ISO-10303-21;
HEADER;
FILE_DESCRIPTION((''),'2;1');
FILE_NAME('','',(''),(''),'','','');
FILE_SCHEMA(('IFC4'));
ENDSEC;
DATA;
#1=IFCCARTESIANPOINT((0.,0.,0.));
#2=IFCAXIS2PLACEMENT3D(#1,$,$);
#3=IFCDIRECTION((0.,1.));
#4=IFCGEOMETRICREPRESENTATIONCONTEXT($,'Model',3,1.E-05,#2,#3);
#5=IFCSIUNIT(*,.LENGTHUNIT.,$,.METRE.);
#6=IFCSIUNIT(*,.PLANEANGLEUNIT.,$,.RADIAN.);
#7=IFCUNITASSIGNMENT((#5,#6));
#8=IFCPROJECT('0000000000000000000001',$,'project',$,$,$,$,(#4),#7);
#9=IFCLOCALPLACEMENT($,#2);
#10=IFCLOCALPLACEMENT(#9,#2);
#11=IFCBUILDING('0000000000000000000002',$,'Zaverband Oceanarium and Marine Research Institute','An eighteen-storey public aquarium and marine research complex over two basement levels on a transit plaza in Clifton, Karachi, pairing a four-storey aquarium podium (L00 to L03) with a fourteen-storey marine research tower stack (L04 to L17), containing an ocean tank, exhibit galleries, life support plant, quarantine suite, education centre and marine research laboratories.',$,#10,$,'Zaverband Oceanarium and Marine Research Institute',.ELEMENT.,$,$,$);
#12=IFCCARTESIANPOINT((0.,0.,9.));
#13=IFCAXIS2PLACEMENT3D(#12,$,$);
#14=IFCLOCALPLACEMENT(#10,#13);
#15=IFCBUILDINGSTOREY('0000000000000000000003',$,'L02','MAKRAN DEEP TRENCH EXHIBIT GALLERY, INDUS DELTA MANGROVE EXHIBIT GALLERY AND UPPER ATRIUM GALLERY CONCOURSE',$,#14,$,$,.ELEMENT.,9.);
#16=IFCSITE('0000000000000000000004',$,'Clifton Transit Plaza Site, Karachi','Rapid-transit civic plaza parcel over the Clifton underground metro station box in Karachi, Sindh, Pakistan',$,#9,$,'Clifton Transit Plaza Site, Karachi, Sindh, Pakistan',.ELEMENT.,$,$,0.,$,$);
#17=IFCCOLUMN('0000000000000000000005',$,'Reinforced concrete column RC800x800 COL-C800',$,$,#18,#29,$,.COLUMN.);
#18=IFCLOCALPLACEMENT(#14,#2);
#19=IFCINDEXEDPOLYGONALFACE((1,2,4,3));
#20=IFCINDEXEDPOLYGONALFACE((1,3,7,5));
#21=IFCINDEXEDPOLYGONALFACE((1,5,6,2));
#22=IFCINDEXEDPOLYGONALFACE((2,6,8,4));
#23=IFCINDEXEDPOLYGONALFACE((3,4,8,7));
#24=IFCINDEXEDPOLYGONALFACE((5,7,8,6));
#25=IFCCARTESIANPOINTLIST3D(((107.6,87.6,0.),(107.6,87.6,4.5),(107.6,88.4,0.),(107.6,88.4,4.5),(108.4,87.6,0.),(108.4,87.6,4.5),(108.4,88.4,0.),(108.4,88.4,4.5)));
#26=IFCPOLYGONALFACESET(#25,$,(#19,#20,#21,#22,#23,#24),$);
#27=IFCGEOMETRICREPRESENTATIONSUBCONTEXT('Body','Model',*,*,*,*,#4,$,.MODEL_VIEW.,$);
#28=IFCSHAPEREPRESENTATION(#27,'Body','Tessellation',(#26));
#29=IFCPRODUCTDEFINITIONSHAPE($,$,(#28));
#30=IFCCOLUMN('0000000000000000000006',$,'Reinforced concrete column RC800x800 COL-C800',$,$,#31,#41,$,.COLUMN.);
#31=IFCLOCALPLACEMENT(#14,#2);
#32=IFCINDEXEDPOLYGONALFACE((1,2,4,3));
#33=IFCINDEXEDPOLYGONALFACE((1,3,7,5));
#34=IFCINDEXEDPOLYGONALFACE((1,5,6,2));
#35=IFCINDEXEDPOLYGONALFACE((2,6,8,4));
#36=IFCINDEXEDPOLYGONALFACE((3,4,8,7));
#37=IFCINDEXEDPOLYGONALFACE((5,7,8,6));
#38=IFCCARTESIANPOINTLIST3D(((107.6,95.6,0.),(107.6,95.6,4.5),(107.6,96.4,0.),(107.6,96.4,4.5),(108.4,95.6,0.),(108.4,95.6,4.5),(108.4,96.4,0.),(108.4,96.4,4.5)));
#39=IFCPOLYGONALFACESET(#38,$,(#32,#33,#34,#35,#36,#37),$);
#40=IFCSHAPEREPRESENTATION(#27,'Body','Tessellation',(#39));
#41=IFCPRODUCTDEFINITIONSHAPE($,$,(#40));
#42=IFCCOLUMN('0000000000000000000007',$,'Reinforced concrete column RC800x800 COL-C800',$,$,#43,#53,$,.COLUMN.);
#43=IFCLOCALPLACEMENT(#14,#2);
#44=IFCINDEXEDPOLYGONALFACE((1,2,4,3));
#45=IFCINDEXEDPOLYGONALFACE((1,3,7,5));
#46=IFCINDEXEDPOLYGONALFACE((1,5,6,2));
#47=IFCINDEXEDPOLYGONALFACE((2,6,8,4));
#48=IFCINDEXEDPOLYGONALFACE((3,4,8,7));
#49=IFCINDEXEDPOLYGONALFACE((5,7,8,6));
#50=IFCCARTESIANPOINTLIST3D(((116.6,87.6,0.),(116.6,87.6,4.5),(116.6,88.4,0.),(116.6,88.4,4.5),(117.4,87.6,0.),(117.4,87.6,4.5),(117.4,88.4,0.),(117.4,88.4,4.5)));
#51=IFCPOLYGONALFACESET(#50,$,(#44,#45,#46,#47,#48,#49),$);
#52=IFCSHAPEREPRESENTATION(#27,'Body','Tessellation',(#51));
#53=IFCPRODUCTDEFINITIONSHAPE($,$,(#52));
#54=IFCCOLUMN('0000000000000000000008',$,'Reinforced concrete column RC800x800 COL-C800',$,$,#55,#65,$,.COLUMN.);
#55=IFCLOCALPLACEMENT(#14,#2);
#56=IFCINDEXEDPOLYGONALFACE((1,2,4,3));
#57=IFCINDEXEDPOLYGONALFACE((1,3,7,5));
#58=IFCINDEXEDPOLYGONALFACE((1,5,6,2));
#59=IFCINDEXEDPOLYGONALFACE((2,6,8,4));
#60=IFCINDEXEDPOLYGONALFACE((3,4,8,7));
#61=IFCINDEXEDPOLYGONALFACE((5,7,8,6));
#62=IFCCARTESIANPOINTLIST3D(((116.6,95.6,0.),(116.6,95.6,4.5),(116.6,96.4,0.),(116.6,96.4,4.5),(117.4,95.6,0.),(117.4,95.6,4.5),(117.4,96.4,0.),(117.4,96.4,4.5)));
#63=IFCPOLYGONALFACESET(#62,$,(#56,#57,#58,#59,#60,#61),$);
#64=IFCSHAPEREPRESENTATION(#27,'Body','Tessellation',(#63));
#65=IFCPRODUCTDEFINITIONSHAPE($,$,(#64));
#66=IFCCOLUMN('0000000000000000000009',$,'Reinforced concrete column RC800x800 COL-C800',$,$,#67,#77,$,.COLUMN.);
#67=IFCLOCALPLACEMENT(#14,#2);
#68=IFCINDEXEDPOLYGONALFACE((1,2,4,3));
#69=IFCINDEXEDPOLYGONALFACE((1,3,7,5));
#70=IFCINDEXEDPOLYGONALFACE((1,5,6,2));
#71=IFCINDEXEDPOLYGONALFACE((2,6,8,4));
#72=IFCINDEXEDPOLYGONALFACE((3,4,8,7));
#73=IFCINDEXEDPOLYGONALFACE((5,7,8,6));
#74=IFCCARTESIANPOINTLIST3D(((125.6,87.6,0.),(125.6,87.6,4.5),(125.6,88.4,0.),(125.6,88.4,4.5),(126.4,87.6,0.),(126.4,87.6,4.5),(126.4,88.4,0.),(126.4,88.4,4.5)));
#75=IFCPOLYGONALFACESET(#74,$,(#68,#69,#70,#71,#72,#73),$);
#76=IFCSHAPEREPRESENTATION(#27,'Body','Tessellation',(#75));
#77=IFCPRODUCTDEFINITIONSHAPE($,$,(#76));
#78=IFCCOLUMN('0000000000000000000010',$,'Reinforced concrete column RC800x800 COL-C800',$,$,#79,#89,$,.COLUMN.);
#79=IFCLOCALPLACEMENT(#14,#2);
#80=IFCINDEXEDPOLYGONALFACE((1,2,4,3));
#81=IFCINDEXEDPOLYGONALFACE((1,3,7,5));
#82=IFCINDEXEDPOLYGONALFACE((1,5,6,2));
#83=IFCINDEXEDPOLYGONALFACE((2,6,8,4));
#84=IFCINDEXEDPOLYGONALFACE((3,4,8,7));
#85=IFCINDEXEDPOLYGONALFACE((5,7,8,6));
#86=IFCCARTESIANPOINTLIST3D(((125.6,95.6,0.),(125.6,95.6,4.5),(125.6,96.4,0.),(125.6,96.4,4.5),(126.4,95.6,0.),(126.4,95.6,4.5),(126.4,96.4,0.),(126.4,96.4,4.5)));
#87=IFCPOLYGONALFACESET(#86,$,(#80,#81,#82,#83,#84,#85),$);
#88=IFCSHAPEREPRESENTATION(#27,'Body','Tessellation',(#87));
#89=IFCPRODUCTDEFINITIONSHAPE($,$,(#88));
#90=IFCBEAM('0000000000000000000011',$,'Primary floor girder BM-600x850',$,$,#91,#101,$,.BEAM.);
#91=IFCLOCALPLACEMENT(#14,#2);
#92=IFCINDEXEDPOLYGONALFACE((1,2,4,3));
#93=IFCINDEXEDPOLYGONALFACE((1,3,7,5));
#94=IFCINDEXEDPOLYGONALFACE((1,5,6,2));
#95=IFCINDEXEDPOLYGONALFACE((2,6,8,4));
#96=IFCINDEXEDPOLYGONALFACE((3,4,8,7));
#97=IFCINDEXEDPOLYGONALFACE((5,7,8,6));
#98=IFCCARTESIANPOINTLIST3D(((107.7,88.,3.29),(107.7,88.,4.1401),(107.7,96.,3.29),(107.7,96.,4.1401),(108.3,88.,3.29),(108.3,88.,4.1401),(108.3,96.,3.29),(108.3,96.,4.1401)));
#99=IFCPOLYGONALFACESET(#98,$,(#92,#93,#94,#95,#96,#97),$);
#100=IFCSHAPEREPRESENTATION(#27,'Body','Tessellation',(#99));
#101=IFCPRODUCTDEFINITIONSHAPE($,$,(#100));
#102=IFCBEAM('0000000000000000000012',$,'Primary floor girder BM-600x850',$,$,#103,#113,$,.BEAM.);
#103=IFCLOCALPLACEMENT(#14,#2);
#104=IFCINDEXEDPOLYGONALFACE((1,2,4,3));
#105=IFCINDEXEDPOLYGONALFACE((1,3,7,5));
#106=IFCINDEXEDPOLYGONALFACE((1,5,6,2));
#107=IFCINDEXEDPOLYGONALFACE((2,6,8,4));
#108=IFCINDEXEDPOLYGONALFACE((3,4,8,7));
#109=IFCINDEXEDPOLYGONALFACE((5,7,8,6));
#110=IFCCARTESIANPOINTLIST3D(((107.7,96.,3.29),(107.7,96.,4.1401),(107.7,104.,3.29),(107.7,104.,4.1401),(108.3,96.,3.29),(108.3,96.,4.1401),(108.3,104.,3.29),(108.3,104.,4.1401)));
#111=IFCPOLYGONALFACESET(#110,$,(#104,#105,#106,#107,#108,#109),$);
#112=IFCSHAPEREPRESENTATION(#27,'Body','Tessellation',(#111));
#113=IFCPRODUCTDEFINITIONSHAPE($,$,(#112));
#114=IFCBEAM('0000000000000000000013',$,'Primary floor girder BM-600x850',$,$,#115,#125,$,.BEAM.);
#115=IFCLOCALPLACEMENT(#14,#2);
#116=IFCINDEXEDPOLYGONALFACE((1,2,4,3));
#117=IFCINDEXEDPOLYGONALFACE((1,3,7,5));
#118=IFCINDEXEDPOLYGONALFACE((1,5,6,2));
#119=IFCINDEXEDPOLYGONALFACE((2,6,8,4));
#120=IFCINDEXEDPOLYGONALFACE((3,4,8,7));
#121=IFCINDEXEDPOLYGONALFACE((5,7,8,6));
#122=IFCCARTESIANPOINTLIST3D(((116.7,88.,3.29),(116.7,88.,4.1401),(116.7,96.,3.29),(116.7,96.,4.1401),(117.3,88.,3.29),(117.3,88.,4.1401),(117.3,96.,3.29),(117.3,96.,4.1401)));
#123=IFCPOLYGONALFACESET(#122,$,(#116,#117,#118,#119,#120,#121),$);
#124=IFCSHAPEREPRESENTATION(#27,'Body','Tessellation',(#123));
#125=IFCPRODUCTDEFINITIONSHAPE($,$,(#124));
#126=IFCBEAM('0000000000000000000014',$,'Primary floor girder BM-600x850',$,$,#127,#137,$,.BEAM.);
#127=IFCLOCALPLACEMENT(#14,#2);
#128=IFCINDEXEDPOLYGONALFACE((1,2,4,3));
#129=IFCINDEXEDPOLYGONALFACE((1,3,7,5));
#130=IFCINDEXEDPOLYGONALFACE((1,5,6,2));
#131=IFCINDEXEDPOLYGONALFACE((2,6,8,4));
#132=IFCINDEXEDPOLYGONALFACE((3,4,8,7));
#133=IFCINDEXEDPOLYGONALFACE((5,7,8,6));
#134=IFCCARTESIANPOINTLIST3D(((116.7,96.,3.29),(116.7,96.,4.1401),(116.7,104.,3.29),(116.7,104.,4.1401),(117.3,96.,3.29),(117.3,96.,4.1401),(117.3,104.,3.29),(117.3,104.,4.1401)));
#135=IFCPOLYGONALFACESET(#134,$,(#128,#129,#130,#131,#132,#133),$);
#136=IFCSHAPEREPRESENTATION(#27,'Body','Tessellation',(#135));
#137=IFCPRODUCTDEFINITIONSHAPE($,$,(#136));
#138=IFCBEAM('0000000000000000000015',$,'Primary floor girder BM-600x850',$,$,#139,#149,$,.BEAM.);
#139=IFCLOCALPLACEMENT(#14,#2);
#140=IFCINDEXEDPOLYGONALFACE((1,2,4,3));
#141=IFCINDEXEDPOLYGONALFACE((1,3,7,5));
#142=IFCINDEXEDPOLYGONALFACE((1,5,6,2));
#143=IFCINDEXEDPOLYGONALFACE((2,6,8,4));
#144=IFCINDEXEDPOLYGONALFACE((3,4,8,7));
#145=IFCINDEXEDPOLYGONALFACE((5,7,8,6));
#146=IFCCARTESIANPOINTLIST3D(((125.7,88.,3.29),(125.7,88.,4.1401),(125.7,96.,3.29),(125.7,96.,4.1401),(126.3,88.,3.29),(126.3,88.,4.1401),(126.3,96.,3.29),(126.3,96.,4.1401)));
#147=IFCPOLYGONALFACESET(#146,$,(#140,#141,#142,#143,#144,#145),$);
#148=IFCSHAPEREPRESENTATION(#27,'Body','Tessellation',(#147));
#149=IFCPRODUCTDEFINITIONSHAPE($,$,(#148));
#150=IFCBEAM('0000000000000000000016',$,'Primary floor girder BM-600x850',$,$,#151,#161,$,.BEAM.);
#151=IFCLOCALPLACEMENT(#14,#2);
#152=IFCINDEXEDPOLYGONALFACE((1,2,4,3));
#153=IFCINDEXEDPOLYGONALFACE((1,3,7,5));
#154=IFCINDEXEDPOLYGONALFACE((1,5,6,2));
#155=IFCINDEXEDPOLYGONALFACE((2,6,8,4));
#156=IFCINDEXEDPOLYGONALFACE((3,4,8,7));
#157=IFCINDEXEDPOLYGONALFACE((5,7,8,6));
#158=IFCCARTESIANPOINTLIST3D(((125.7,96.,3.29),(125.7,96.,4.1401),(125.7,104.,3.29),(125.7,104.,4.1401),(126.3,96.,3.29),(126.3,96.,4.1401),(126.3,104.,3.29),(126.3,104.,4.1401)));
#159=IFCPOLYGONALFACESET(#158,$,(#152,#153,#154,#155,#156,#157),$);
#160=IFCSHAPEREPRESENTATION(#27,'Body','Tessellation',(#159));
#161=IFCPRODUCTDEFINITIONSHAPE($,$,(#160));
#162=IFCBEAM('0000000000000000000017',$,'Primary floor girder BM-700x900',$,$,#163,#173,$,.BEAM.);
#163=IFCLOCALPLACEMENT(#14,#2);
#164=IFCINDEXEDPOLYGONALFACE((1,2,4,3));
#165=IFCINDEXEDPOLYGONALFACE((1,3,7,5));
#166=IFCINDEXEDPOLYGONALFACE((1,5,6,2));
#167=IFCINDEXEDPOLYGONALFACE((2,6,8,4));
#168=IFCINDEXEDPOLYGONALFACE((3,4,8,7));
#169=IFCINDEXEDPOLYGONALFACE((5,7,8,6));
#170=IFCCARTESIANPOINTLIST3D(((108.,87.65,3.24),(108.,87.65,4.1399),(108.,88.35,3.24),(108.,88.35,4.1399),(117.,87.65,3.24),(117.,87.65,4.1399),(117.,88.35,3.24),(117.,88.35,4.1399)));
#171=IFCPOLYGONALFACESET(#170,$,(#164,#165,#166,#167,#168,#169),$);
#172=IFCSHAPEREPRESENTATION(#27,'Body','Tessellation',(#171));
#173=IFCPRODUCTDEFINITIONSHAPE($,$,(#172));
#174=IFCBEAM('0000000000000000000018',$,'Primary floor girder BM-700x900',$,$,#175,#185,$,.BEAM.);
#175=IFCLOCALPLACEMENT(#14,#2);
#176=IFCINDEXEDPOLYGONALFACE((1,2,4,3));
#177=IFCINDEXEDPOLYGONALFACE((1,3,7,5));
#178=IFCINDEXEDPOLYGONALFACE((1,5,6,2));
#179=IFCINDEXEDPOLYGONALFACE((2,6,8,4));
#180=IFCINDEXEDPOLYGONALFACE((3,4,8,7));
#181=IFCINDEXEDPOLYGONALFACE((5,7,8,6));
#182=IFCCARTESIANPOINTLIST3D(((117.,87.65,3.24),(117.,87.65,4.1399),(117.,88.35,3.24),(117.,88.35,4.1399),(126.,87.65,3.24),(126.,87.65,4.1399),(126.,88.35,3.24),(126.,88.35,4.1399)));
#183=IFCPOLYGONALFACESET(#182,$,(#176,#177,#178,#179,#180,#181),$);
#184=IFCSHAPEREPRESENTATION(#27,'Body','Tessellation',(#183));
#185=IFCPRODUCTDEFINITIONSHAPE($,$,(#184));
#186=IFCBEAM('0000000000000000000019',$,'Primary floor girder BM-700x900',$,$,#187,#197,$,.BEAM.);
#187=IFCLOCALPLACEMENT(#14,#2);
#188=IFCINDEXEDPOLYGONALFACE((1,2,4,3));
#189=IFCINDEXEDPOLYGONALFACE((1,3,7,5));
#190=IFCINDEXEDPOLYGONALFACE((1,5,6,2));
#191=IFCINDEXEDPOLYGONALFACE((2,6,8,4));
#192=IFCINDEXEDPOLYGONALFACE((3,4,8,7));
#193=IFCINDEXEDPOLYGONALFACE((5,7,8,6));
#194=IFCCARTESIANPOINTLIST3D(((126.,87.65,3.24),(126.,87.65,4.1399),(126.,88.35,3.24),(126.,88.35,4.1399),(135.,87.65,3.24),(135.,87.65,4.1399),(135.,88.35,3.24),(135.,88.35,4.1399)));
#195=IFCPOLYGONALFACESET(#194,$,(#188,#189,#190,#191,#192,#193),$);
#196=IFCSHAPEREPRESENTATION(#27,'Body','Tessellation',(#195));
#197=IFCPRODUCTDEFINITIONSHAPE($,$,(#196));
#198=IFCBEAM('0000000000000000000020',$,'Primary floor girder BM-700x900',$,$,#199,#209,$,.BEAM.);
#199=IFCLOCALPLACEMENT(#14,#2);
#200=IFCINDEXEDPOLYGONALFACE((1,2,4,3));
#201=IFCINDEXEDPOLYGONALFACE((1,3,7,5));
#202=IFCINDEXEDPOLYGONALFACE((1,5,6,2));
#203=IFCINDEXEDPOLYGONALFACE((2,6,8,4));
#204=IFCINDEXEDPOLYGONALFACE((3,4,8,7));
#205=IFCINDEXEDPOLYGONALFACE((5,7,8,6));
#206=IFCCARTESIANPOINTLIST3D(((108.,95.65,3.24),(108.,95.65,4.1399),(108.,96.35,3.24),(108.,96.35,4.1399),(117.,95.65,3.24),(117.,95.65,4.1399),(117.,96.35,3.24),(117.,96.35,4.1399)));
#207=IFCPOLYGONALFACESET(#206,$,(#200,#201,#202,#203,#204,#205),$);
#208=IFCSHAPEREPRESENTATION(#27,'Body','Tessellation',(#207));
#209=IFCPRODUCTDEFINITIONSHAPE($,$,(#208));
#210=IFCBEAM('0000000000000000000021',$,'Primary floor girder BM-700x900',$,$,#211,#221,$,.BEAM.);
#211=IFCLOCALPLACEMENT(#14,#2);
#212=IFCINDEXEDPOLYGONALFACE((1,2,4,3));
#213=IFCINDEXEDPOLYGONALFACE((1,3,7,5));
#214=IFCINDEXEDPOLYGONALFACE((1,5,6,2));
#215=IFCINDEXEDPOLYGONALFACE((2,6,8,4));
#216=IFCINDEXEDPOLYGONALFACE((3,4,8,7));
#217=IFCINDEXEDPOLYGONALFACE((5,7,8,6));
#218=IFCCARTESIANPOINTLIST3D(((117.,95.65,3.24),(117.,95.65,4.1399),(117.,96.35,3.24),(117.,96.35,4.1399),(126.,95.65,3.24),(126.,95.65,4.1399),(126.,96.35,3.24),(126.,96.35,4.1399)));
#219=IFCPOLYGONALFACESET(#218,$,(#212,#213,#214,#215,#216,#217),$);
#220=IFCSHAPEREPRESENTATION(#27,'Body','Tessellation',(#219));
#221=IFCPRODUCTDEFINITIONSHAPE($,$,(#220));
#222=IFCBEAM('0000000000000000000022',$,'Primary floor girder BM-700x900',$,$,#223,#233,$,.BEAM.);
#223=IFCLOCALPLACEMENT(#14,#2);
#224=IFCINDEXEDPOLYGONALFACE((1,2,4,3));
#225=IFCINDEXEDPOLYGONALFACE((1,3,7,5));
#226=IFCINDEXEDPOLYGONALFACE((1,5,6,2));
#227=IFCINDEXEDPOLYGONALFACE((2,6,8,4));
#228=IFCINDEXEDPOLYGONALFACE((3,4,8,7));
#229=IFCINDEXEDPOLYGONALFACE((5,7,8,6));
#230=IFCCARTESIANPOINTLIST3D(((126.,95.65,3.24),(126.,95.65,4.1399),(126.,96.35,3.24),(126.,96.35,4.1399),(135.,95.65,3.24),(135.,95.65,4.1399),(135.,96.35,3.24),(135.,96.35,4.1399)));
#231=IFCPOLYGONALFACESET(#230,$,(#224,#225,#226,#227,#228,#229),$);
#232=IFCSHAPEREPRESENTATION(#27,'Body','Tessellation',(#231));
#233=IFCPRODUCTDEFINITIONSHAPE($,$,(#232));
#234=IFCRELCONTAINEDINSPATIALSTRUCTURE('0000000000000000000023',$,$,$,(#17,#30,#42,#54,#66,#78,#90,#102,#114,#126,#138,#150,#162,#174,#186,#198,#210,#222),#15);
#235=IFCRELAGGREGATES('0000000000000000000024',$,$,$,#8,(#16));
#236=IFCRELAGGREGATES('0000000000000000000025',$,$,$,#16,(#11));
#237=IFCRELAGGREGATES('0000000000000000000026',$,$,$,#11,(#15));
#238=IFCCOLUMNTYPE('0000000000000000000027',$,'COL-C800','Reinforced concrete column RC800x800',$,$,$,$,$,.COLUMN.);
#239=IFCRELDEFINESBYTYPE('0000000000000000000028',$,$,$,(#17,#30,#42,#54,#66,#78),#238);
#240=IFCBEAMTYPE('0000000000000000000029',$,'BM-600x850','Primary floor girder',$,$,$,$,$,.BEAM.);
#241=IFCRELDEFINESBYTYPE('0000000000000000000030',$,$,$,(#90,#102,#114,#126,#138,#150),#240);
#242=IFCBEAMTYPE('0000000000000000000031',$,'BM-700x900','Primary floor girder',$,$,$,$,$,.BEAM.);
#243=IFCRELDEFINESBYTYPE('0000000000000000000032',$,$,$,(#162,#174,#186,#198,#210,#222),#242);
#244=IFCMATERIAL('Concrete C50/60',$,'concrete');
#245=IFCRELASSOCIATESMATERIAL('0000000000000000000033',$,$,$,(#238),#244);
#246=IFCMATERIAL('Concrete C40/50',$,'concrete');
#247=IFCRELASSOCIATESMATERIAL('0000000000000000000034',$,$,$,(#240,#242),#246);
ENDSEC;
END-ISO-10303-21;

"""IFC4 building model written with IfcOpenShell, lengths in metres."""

from ifc_helpers import new_model, si_unit, direction, frame, origin, origin_2d, place, context, subcontext, project, spatial, rectangle, extrude, material, material_profile, profile_set, type_object, element, save


model = new_model("IFC4")

# Units and contexts
model_context = context("Model", 3, precision=1e-05, world=origin(), true_north=direction((0.0, 1.0)))
body_context = subcontext(model_context, "Body", "Model", "MODEL_VIEW")
ifc_project = project(units=[si_unit("LENGTHUNIT", "METRE"), si_unit("PLANEANGLEUNIT", "RADIAN")], contexts=[model_context])

# Site, building, storey
site_placement = place(None, origin())
site = spatial("IfcSite", under=ifc_project, at=site_placement, Name="Clifton Transit Plaza Site, Karachi", Description="Rapid-transit civic plaza parcel over the Clifton underground metro station box in Karachi, Sindh, Pakistan", LongName="Clifton Transit Plaza Site, Karachi, Sindh, Pakistan", CompositionType="ELEMENT", RefElevation=0.0)
building_placement = place(site_placement, origin())
building = spatial("IfcBuilding", under=site, at=building_placement, Name="Zaverband Oceanarium and Marine Research Institute", Description="An eighteen-storey public aquarium and marine research complex over two basement levels on a transit plaza in Clifton, Karachi, pairing a four-storey aquarium podium (L00 to L03) with a fourteen-storey marine research tower stack (L04 to L17), containing an ocean tank, exhibit galleries, life support plant, quarantine suite, education centre and marine research laboratories.", LongName="Zaverband Oceanarium and Marine Research Institute", CompositionType="ELEMENT")
storey_placement = place(building_placement, frame((0.0, 0.0, 9.0)))
storey = spatial("IfcBuildingStorey", under=building, at=storey_placement, Name="L02", Description="MAKRAN DEEP TRENCH EXHIBIT GALLERY, INDUS DELTA MANGROVE EXHIBIT GALLERY AND UPPER ATRIUM GALLERY CONCOURSE", CompositionType="ELEMENT", Elevation=9.0)

# Columns
ifc_material_1 = material(Name="Concrete C50/60", Category="concrete")
ifc_material_profile_1 = material_profile(ifc_material_1, rectangle(XDim=0.8, YDim=0.8, at=origin_2d()), Name="RC800x800")
ifc_profile_set_1 = profile_set([ifc_material_profile_1], Name="Concrete C50/60")
column_type = type_object("IfcColumnType", Name="COL-C800", Description="Reinforced concrete column RC800x800", PredefinedType="COLUMN", material=ifc_profile_set_1)
for number, where, z_axis, x_axis, name in (
    (1, (108.0, 88.0, 0.0), (0.0, 0.0, 1.0), (1.0, 0.0, 0.0), "Reinforced concrete column RC800x800 COL-C800"),
    (2, (108.0, 96.0, 0.0), (0.0, 0.0, 1.0), (1.0, 0.0, 0.0), "Reinforced concrete column RC800x800 COL-C800"),
    (3, (117.0, 88.0, 0.0), (0.0, 0.0, 1.0), (1.0, 0.0, 0.0), "Reinforced concrete column RC800x800 COL-C800"),
    (4, (117.0, 96.0, 0.0), (0.0, 0.0, 1.0), (1.0, 0.0, 0.0), "Reinforced concrete column RC800x800 COL-C800"),
    (5, (126.0, 88.0, 0.0), (0.0, 0.0, 1.0), (1.0, 0.0, 0.0), "Reinforced concrete column RC800x800 COL-C800"),
    (6, (126.0, 96.0, 0.0), (0.0, 0.0, 1.0), (1.0, 0.0, 0.0), "Reinforced concrete column RC800x800 COL-C800"),
):
    element("IfcColumn", number, at=place(storey_placement, frame(where, z_axis=z_axis, x_axis=x_axis)), inside=storey, type_object=column_type, Name=name, PredefinedType="COLUMN", context=body_context, shape_type="SweptSolid", body=[
        extrude(rectangle(XDim=0.8, YDim=0.8, at=origin_2d()), origin(), (0.0, 0.0, 1.0), 4.5),
    ])

# Beams
ifc_material_2 = material(Name="Concrete C40/50", Category="concrete")
ifc_material_profile_2 = material_profile(ifc_material_2, rectangle(XDim=0.6001, YDim=0.8501, at=origin_2d()), Name="RC600x850")
ifc_profile_set_2 = profile_set([ifc_material_profile_2], Name="Concrete C40/50")
beam_type_1 = type_object("IfcBeamType", Name="BM-600x850", Description="Primary floor girder", PredefinedType="BEAM", material=ifc_profile_set_2)
for number, where, z_axis, x_axis, name in (
    (7, (108.0, 88.0, 3.7151), (0.0, 1.0, 0.0), (-1.0, 0.0, 0.0), "Primary floor girder BM-600x850"),
    (8, (108.0, 96.0, 3.7151), (0.0, 1.0, 0.0), (-1.0, 0.0, 0.0), "Primary floor girder BM-600x850"),
    (9, (117.0, 88.0, 3.7151), (0.0, 1.0, 0.0), (-1.0, 0.0, 0.0), "Primary floor girder BM-600x850"),
    (10, (117.0, 96.0, 3.7151), (0.0, 1.0, 0.0), (-1.0, 0.0, 0.0), "Primary floor girder BM-600x850"),
    (11, (126.0, 88.0, 3.7151), (0.0, 1.0, 0.0), (-1.0, 0.0, 0.0), "Primary floor girder BM-600x850"),
    (12, (126.0, 96.0, 3.7151), (0.0, 1.0, 0.0), (-1.0, 0.0, 0.0), "Primary floor girder BM-600x850"),
):
    element("IfcBeam", number, at=place(storey_placement, frame(where, z_axis=z_axis, x_axis=x_axis)), inside=storey, type_object=beam_type_1, Name=name, PredefinedType="BEAM", context=body_context, shape_type="SweptSolid", body=[
        extrude(rectangle(XDim=0.6001, YDim=0.8501, at=origin_2d()), origin(), (0.0, 0.0, 1.0), 8.0),
    ])
ifc_material_profile_3 = material_profile(ifc_material_2, rectangle(XDim=0.7, YDim=0.8999, at=origin_2d()), Name="RC700x900")
ifc_profile_set_3 = profile_set([ifc_material_profile_3], Name="Concrete C40/50")
beam_type_2 = type_object("IfcBeamType", Name="BM-700x900", Description="Primary floor girder", PredefinedType="BEAM", material=ifc_profile_set_3)
for number, where, z_axis, x_axis, name in (
    (13, (108.0, 88.0, 3.6899), (1.0, 0.0, 0.0), (0.0, 1.0, 0.0), "Primary floor girder BM-700x900"),
    (14, (117.0, 88.0, 3.6899), (1.0, 0.0, 0.0), (0.0, 1.0, 0.0), "Primary floor girder BM-700x900"),
    (15, (126.0, 88.0, 3.6899), (1.0, 0.0, 0.0), (0.0, 1.0, 0.0), "Primary floor girder BM-700x900"),
    (16, (108.0, 96.0, 3.6899), (1.0, 0.0, 0.0), (0.0, 1.0, 0.0), "Primary floor girder BM-700x900"),
    (17, (117.0, 96.0, 3.6899), (1.0, 0.0, 0.0), (0.0, 1.0, 0.0), "Primary floor girder BM-700x900"),
    (18, (126.0, 96.0, 3.6899), (1.0, 0.0, 0.0), (0.0, 1.0, 0.0), "Primary floor girder BM-700x900"),
):
    element("IfcBeam", number, at=place(storey_placement, frame(where, z_axis=z_axis, x_axis=x_axis)), inside=storey, type_object=beam_type_2, Name=name, PredefinedType="BEAM", context=body_context, shape_type="SweptSolid", body=[
        extrude(rectangle(XDim=0.7, YDim=0.8999, at=origin_2d()), origin(), (0.0, 0.0, 1.0), 9.0),
    ])

save(model, "model.ifc")
